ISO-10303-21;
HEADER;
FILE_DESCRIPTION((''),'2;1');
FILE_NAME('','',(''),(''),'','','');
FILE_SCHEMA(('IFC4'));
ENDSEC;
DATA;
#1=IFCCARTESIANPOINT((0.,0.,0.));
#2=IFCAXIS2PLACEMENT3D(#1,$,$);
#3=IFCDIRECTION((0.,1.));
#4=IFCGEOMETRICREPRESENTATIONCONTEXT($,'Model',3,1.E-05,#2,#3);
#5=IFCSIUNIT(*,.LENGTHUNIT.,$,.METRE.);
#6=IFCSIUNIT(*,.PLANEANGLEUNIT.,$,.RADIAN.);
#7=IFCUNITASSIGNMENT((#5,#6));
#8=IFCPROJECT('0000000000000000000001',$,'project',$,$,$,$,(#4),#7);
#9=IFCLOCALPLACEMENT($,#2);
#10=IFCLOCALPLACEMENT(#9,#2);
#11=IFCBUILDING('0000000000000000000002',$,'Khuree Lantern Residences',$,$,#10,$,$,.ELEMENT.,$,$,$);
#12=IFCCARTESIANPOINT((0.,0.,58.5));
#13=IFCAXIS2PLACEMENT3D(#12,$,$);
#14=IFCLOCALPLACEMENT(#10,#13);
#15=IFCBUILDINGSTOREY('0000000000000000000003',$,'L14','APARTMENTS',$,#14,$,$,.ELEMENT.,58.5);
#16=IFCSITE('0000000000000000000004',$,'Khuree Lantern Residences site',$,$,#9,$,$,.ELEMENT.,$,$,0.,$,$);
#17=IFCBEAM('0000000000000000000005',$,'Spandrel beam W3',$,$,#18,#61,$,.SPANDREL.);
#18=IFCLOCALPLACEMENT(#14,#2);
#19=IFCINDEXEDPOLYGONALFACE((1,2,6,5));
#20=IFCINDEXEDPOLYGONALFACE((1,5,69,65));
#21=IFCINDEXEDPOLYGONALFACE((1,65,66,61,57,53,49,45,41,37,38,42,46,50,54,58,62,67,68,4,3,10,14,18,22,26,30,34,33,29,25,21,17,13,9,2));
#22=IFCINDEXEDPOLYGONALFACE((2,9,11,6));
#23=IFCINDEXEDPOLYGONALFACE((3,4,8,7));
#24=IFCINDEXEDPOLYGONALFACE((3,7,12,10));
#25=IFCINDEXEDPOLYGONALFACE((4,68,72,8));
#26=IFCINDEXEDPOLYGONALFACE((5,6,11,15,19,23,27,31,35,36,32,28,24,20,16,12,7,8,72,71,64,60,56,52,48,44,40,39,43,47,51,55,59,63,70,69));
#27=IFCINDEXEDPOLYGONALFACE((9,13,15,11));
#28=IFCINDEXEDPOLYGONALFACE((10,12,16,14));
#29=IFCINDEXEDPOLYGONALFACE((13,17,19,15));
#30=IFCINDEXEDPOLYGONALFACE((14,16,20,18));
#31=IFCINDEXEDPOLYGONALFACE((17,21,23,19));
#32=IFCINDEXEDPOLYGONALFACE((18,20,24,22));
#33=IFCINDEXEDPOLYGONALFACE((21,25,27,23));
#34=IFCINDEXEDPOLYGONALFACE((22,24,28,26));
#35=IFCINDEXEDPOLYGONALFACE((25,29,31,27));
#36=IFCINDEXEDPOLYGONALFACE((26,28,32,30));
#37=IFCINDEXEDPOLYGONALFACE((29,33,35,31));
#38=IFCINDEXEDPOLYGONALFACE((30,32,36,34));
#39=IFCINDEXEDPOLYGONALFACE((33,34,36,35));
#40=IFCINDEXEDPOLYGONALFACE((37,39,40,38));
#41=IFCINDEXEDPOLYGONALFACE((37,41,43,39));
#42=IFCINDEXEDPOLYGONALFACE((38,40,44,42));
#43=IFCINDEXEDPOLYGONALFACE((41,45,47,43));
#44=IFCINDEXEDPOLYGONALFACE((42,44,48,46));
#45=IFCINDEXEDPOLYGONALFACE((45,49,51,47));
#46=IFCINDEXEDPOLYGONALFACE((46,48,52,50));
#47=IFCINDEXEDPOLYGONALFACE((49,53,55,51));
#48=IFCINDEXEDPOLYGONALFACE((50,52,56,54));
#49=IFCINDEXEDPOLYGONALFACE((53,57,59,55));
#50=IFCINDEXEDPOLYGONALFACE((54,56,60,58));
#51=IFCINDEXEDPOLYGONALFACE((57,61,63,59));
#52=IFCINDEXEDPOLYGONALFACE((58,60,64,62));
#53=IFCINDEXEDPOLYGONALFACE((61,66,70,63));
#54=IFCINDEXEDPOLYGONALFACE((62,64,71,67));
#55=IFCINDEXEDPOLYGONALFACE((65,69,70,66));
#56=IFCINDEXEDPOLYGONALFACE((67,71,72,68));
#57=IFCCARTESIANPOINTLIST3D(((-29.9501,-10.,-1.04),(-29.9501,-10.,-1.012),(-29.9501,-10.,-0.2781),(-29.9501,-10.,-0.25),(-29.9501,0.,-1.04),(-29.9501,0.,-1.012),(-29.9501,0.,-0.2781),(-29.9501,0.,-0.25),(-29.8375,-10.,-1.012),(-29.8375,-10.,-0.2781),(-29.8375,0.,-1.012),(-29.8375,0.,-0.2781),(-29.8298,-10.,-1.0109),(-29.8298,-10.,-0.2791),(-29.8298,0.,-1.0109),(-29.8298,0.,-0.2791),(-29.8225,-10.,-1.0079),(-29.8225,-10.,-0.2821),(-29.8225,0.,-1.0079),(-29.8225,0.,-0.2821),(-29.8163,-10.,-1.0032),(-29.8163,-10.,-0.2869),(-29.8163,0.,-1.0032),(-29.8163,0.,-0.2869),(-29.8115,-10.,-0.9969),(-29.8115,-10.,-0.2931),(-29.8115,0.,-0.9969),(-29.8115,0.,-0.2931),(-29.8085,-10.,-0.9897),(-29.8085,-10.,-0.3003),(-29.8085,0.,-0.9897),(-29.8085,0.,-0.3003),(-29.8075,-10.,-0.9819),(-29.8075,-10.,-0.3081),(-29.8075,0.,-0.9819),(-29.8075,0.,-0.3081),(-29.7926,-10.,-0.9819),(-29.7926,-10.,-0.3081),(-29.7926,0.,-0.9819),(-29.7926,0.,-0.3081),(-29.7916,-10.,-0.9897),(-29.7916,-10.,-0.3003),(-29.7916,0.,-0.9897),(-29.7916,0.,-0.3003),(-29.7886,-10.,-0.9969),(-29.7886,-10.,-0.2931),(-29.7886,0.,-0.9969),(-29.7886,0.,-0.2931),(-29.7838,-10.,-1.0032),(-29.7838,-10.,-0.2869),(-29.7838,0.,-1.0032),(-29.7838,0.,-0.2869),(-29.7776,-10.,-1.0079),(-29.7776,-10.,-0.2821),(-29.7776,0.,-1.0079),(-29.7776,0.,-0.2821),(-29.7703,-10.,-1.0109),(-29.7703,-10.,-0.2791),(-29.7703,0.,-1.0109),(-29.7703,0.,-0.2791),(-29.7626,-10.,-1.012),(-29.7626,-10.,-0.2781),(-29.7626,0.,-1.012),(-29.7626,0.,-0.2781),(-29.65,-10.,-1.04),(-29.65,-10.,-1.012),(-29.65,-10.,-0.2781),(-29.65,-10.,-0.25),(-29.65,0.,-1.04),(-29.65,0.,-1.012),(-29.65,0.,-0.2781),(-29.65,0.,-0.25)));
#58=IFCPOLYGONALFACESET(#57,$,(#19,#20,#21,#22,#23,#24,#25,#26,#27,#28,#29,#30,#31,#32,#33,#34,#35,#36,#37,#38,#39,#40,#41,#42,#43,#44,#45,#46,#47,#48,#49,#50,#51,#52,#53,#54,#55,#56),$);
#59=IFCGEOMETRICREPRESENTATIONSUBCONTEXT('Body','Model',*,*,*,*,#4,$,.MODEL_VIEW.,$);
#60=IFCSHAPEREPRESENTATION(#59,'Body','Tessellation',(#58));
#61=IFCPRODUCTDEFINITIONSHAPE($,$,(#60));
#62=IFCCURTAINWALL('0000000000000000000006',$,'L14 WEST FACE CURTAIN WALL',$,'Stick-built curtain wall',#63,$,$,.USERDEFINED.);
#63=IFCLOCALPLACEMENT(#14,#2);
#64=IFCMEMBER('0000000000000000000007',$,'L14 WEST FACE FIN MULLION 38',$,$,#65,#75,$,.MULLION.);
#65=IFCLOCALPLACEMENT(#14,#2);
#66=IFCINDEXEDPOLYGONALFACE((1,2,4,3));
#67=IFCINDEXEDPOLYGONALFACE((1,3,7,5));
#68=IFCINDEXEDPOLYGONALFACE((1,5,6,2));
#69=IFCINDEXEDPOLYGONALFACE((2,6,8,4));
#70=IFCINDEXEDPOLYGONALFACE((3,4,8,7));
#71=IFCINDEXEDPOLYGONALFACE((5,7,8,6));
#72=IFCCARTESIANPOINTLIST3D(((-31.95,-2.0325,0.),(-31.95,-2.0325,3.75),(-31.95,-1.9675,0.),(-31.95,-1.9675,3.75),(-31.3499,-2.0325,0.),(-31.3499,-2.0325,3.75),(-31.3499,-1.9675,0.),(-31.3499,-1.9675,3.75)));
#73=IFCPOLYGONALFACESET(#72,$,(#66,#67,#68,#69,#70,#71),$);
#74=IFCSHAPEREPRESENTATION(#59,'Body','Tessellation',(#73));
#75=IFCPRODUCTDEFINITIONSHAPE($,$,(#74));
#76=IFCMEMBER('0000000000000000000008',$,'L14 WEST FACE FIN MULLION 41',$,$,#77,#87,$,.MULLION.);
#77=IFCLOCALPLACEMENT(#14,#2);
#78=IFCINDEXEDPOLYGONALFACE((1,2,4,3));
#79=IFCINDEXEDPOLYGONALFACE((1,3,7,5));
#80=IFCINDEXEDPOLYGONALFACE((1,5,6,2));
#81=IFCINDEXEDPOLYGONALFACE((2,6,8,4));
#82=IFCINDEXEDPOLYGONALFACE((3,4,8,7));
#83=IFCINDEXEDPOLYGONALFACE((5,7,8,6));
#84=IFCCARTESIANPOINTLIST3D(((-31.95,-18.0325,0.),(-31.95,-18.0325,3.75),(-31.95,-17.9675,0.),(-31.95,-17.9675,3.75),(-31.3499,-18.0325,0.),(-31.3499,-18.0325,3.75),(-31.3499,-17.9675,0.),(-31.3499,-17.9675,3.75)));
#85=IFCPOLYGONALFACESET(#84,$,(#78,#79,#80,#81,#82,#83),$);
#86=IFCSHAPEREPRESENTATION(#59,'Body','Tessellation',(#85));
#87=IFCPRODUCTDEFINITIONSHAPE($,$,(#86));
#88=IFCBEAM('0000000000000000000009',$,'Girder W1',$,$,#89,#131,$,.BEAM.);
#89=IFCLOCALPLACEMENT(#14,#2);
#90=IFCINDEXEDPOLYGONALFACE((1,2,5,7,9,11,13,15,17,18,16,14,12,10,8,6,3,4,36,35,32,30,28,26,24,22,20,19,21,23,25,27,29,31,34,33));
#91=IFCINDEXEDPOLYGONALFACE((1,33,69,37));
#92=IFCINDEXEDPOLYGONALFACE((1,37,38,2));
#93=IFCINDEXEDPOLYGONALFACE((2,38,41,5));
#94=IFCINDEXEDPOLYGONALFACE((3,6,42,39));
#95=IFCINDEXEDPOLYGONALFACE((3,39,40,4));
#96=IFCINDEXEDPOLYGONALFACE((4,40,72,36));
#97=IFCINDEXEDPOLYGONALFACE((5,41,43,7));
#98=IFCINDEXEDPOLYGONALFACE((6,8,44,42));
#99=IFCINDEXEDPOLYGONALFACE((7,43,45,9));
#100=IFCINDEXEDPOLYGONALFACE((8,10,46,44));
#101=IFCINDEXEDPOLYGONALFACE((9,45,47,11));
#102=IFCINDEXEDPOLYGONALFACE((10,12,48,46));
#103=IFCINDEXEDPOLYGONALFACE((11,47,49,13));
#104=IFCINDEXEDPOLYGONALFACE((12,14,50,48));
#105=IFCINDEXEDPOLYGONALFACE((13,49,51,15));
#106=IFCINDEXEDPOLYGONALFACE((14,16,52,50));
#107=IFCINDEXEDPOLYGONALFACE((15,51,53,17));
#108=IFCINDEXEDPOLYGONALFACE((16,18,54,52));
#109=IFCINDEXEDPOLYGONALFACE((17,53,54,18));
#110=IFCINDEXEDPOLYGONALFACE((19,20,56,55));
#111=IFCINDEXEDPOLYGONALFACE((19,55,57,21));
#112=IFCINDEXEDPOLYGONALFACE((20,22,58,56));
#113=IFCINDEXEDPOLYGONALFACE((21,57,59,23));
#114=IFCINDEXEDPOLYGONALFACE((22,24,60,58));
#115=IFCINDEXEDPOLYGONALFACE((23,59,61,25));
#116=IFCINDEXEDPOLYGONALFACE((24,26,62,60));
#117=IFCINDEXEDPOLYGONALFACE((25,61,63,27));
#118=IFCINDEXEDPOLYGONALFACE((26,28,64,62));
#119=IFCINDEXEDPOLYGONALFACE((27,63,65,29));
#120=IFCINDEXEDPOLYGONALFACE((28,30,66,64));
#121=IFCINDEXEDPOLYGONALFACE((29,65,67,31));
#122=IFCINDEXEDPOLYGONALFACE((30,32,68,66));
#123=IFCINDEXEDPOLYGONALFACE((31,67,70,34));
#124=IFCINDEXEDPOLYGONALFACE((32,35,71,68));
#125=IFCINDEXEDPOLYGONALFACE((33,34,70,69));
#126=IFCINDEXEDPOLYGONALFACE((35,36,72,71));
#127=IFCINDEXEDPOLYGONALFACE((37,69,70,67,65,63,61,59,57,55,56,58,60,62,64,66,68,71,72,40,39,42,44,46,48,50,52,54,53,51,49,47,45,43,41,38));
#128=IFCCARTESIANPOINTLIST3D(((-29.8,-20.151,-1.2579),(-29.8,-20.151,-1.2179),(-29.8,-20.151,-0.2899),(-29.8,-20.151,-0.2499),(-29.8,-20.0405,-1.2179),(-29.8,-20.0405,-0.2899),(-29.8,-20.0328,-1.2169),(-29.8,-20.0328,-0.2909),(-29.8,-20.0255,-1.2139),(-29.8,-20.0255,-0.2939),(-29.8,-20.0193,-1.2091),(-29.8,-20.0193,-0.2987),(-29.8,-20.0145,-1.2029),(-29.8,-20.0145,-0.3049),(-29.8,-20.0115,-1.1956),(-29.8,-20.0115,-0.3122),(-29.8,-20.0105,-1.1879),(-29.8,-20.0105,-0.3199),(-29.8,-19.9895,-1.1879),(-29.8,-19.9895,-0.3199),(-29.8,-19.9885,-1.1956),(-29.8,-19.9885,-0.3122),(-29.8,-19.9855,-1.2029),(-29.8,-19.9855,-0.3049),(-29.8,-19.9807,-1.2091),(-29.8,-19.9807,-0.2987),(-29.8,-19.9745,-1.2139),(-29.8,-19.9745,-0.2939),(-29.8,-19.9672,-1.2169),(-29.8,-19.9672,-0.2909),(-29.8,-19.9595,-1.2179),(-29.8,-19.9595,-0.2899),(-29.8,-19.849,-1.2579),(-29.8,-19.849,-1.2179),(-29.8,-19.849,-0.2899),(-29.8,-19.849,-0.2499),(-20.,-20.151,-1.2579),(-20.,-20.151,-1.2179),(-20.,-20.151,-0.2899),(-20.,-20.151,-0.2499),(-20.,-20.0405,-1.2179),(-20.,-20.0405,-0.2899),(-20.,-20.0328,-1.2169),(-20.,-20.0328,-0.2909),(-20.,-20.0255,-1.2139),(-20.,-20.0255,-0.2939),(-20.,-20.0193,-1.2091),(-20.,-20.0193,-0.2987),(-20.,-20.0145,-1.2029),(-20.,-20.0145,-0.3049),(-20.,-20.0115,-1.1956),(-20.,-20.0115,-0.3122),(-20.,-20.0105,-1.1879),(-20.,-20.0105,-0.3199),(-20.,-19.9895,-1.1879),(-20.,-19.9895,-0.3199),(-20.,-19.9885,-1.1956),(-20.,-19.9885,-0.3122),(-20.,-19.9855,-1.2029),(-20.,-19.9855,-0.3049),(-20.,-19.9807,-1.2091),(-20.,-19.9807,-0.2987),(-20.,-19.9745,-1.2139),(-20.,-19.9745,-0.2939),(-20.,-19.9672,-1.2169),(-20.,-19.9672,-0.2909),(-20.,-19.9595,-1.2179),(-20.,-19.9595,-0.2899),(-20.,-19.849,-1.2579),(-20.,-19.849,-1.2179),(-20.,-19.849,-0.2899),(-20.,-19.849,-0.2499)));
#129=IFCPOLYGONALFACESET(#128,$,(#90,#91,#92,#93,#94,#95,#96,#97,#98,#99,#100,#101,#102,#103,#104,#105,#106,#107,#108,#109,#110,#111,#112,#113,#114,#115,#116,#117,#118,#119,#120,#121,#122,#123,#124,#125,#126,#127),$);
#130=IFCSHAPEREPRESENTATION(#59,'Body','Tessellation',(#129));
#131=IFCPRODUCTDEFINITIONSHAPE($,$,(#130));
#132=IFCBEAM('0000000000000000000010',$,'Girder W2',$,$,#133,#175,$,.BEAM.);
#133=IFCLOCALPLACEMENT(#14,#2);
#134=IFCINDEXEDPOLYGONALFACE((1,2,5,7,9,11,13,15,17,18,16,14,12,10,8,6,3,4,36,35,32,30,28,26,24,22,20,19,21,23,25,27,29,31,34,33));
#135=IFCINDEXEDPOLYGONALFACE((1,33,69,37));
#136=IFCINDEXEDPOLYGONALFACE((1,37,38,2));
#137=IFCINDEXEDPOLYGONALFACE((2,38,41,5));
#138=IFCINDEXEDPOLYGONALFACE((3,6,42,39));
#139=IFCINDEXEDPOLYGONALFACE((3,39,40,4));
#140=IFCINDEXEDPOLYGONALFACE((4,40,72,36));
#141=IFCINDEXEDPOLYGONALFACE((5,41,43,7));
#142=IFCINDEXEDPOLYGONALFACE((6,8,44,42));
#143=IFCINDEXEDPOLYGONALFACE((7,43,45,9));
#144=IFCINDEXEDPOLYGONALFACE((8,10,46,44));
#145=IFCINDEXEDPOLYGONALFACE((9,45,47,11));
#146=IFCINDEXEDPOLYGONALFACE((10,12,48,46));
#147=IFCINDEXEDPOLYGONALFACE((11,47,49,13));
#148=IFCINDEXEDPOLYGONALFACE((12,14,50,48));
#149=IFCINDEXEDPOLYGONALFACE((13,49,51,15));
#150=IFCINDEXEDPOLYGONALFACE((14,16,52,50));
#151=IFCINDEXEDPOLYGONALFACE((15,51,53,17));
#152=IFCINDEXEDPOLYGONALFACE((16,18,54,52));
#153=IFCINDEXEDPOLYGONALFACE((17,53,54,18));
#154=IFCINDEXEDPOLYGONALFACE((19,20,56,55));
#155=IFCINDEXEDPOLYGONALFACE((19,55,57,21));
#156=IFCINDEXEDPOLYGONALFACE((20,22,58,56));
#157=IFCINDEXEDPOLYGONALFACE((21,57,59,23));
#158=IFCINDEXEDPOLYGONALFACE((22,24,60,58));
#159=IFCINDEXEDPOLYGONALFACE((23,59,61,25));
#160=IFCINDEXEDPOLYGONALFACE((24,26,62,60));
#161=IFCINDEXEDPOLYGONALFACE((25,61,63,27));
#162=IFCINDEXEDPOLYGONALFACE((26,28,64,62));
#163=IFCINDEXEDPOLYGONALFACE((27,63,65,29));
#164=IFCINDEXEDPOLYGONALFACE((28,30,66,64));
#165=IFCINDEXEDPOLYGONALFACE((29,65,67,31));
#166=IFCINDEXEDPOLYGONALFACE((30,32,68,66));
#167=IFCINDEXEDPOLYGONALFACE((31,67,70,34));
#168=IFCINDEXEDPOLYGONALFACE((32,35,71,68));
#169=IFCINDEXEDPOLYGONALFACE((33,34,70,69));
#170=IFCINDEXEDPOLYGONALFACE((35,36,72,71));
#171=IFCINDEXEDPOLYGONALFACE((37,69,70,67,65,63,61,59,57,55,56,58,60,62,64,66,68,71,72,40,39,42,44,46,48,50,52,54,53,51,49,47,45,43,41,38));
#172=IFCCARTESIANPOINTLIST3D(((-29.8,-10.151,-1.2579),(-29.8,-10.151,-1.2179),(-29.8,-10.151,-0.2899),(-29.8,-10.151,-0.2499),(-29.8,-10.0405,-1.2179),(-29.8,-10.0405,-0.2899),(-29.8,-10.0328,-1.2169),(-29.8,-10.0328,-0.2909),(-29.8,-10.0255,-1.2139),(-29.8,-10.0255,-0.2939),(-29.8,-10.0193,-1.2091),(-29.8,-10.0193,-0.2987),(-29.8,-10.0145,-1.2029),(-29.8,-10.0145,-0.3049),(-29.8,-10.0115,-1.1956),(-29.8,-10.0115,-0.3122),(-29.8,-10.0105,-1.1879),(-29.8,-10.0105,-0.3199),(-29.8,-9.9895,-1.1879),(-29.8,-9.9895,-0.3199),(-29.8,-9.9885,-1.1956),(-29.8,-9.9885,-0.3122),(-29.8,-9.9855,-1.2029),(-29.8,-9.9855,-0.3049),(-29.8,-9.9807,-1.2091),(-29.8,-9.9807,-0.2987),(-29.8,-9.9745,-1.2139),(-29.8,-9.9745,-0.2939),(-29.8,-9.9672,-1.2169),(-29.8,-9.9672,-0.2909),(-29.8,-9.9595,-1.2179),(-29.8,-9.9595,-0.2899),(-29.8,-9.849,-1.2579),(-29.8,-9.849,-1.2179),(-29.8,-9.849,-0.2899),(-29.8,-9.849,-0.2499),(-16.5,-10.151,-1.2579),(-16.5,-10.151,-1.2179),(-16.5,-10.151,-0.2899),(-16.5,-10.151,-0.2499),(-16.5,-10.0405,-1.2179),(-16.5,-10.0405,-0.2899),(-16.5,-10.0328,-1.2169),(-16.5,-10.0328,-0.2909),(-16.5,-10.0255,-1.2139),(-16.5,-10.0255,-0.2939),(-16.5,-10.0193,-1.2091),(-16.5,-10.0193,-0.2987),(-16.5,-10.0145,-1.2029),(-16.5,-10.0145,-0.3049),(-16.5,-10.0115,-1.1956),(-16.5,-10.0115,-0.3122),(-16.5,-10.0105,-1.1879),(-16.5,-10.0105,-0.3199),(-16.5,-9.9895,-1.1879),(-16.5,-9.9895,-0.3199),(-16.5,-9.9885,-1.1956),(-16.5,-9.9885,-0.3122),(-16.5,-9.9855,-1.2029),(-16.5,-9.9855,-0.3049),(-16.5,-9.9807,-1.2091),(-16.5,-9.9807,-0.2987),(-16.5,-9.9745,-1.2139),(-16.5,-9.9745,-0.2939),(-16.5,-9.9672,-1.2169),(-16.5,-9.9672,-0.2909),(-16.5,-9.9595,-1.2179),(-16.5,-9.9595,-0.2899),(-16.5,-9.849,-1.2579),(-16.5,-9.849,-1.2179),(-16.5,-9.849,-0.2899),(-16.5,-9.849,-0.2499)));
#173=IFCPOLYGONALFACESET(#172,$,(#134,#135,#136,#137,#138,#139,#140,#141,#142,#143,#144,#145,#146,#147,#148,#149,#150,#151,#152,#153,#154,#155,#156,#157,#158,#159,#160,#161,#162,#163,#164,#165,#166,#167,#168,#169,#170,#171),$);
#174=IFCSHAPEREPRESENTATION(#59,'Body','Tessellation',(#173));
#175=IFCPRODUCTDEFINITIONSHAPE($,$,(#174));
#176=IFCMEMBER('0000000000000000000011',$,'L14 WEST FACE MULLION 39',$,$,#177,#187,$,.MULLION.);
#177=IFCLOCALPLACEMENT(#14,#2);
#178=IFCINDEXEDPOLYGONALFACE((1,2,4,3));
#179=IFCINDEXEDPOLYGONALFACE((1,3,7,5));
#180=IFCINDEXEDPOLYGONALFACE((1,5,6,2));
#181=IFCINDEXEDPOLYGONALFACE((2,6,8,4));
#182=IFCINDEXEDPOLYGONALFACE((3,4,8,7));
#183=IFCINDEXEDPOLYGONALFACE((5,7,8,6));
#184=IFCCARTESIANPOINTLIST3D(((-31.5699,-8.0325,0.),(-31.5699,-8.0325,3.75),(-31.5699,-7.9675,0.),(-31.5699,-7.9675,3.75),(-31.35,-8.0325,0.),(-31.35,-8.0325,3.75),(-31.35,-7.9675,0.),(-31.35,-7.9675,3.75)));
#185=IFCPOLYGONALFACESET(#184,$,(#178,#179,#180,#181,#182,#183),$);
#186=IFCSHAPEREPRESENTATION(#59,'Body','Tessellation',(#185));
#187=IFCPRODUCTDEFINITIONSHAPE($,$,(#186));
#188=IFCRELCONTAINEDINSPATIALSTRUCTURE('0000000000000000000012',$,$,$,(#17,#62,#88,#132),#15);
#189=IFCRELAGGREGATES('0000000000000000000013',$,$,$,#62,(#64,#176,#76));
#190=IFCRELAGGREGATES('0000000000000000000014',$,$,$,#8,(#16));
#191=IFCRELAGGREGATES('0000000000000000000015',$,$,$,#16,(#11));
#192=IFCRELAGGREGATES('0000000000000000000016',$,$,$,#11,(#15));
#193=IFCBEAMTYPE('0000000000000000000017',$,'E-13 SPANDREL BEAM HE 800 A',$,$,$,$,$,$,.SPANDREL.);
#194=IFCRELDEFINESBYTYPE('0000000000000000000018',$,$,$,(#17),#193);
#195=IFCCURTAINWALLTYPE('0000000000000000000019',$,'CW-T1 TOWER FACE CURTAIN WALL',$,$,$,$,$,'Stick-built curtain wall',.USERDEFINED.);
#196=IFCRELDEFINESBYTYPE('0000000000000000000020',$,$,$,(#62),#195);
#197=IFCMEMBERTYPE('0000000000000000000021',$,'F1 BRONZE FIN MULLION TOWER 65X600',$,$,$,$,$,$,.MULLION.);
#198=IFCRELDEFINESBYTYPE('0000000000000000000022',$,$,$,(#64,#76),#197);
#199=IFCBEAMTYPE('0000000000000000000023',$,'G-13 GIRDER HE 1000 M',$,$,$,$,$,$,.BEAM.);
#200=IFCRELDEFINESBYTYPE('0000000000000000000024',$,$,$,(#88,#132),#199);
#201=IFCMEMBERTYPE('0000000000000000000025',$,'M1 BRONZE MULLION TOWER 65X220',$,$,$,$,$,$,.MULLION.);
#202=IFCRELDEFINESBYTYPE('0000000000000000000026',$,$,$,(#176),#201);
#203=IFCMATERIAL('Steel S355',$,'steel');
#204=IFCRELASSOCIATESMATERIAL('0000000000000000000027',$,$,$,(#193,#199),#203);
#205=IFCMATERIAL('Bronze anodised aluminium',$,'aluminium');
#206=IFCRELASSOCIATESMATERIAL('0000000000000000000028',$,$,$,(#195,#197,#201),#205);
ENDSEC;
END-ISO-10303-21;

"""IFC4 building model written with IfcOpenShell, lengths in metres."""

from ifc_helpers import new_model, si_unit, direction, frame, origin, origin_2d, place, context, subcontext, project, spatial, rectangle, i_section, extrude, material, material_profile, profile_set, type_object, element, aggregate, save


model = new_model("IFC4")

# Units and contexts
model_context = context("Model", 3, precision=1e-05, world=origin(), true_north=direction((0.0, 1.0)))
body_context = subcontext(model_context, "Body", "Model", "MODEL_VIEW")
ifc_project = project(units=[si_unit("LENGTHUNIT", "METRE"), si_unit("PLANEANGLEUNIT", "RADIAN")], contexts=[model_context])

# Site, building, storey
site_placement = place(None, origin())
site = spatial("IfcSite", under=ifc_project, at=site_placement, Name="Khuree Lantern Residences site", CompositionType="ELEMENT", RefElevation=0.0)
building_placement = place(site_placement, origin())
building = spatial("IfcBuilding", under=site, at=building_placement, Name="Khuree Lantern Residences", CompositionType="ELEMENT")
storey_placement = place(building_placement, frame((0.0, 0.0, 58.5)))
storey = spatial("IfcBuildingStorey", under=building, at=storey_placement, Name="L14", Description="APARTMENTS", CompositionType="ELEMENT", Elevation=58.5)

# Beam
ifc_material_1 = material(Name="Steel S355", Category="steel")
ifc_material_profile_1 = material_profile(ifc_material_1, i_section(OverallWidth=0.3, OverallDepth=0.79, WebThickness=0.0149, FlangeThickness=0.0281, FilletRadius=0.03, at=origin_2d()), Name="HE 800 A")
ifc_profile_set_1 = profile_set([ifc_material_profile_1], Name="Steel S355")
beam_type_1 = type_object("IfcBeamType", Name="E-13 SPANDREL BEAM HE 800 A", PredefinedType="SPANDREL", material=ifc_profile_set_1)
for number, where, z_axis, x_axis, name in (
    (1, (-29.8, -10.0, -0.645), (0.0, 1.0, 0.0), (-1.0, 0.0, 0.0), "Spandrel beam W3"),
):
    element("IfcBeam", number, at=place(storey_placement, frame(where, z_axis=z_axis, x_axis=x_axis)), inside=storey, type_object=beam_type_1, Name=name, PredefinedType="SPANDREL", context=body_context, shape_type="SweptSolid", body=[
        extrude(i_section(OverallWidth=0.3, OverallDepth=0.79, WebThickness=0.0149, FlangeThickness=0.0281, FilletRadius=0.03, at=origin_2d()), origin(), (0.0, 0.0, 1.0), 10.0),
    ])

# Curtain wall, members
ifc_material_2 = material(Name="Bronze anodised aluminium", Category="aluminium")
curtain_wall_type = type_object("IfcCurtainWallType", Name="CW-T1 TOWER FACE CURTAIN WALL", ElementType="Stick-built curtain wall", PredefinedType="USERDEFINED", material=ifc_material_2)
curtain_wall_placement = place(storey_placement, origin())
curtain_wall = element("IfcCurtainWall", 2, at=curtain_wall_placement, inside=storey, type_object=curtain_wall_type, Name="L14 WEST FACE CURTAIN WALL", ObjectType="Stick-built curtain wall", PredefinedType="USERDEFINED")
ifc_material_profile_2 = material_profile(ifc_material_2, rectangle(XDim=0.0649, YDim=0.6001, at=origin_2d()), Name="F1 65X600")
ifc_profile_set_2 = profile_set([ifc_material_profile_2], Name="Bronze anodised aluminium")
member_type_1 = type_object("IfcMemberType", Name="F1 BRONZE FIN MULLION TOWER 65X600", PredefinedType="MULLION", material=ifc_profile_set_2)
member_1_placement = place(storey_placement, frame((-31.6499, -2.0, 0.0), z_axis=(0.0, 0.0, 1.0), x_axis=(0.0, -1.0, 0.0)))
member_1 = element("IfcMember", 3, at=member_1_placement, type_object=member_type_1, Name="L14 WEST FACE FIN MULLION 38", PredefinedType="MULLION", context=body_context, shape_type="SweptSolid", body=[
    extrude(rectangle(XDim=0.0649, YDim=0.6001, at=origin_2d()), origin(), (0.0, 0.0, 1.0), 3.75),
])
member_2_placement = place(storey_placement, frame((-31.6499, -18.0, 0.0), z_axis=(0.0, 0.0, 1.0), x_axis=(0.0, -1.0, 0.0)))
member_2 = element("IfcMember", 4, at=member_2_placement, type_object=member_type_1, Name="L14 WEST FACE FIN MULLION 41", PredefinedType="MULLION", context=body_context, shape_type="SweptSolid", body=[
    extrude(rectangle(XDim=0.0649, YDim=0.6001, at=origin_2d()), origin(), (0.0, 0.0, 1.0), 3.75),
])

# Beams
ifc_material_profile_3 = material_profile(ifc_material_1, i_section(OverallWidth=0.302, OverallDepth=1.0081, WebThickness=0.021, FlangeThickness=0.04, FilletRadius=0.03, at=origin_2d()), Name="HE 1000 M")
ifc_profile_set_3 = profile_set([ifc_material_profile_3], Name="Steel S355")
beam_type_2 = type_object("IfcBeamType", Name="G-13 GIRDER HE 1000 M", PredefinedType="BEAM", material=ifc_profile_set_3)
beam_1_placement = place(storey_placement, frame((-29.8, -20.0, -0.7539), z_axis=(1.0, 0.0, 0.0), x_axis=(0.0, 1.0, 0.0)))
element("IfcBeam", 5, at=beam_1_placement, inside=storey, type_object=beam_type_2, Name="Girder W1", PredefinedType="BEAM", context=body_context, shape_type="SweptSolid", body=[
    extrude(i_section(OverallWidth=0.302, OverallDepth=1.0081, WebThickness=0.021, FlangeThickness=0.04, FilletRadius=0.03, at=origin_2d()), origin(), (0.0, 0.0, 1.0), 9.8),
])
beam_2_placement = place(storey_placement, frame((-29.8, -10.0, -0.7539), z_axis=(1.0, 0.0, 0.0), x_axis=(0.0, 1.0, 0.0)))
element("IfcBeam", 6, at=beam_2_placement, inside=storey, type_object=beam_type_2, Name="Girder W2", PredefinedType="BEAM", context=body_context, shape_type="SweptSolid", body=[
    extrude(i_section(OverallWidth=0.302, OverallDepth=1.0081, WebThickness=0.021, FlangeThickness=0.04, FilletRadius=0.03, at=origin_2d()), origin(), (0.0, 0.0, 1.0), 13.3),
])

# Member
ifc_material_profile_4 = material_profile(ifc_material_2, rectangle(XDim=0.0649, YDim=0.22, at=origin_2d()), Name="M1 65X220")
ifc_profile_set_4 = profile_set([ifc_material_profile_4], Name="Bronze anodised aluminium")
member_type_2 = type_object("IfcMemberType", Name="M1 BRONZE MULLION TOWER 65X220", PredefinedType="MULLION", material=ifc_profile_set_4)
member_3_placement = place(storey_placement, frame((-31.46, -8.0, 0.0), z_axis=(0.0, 0.0, 1.0), x_axis=(0.0, -1.0, 0.0)))
member_3 = element("IfcMember", 7, at=member_3_placement, type_object=member_type_2, Name="L14 WEST FACE MULLION 39", PredefinedType="MULLION", context=body_context, shape_type="SweptSolid", body=[
    extrude(rectangle(XDim=0.0649, YDim=0.22, at=origin_2d()), origin(), (0.0, 0.0, 1.0), 3.75),
])

aggregate(curtain_wall, [member_1, member_3, member_2])

save(model, "model.ifc")
